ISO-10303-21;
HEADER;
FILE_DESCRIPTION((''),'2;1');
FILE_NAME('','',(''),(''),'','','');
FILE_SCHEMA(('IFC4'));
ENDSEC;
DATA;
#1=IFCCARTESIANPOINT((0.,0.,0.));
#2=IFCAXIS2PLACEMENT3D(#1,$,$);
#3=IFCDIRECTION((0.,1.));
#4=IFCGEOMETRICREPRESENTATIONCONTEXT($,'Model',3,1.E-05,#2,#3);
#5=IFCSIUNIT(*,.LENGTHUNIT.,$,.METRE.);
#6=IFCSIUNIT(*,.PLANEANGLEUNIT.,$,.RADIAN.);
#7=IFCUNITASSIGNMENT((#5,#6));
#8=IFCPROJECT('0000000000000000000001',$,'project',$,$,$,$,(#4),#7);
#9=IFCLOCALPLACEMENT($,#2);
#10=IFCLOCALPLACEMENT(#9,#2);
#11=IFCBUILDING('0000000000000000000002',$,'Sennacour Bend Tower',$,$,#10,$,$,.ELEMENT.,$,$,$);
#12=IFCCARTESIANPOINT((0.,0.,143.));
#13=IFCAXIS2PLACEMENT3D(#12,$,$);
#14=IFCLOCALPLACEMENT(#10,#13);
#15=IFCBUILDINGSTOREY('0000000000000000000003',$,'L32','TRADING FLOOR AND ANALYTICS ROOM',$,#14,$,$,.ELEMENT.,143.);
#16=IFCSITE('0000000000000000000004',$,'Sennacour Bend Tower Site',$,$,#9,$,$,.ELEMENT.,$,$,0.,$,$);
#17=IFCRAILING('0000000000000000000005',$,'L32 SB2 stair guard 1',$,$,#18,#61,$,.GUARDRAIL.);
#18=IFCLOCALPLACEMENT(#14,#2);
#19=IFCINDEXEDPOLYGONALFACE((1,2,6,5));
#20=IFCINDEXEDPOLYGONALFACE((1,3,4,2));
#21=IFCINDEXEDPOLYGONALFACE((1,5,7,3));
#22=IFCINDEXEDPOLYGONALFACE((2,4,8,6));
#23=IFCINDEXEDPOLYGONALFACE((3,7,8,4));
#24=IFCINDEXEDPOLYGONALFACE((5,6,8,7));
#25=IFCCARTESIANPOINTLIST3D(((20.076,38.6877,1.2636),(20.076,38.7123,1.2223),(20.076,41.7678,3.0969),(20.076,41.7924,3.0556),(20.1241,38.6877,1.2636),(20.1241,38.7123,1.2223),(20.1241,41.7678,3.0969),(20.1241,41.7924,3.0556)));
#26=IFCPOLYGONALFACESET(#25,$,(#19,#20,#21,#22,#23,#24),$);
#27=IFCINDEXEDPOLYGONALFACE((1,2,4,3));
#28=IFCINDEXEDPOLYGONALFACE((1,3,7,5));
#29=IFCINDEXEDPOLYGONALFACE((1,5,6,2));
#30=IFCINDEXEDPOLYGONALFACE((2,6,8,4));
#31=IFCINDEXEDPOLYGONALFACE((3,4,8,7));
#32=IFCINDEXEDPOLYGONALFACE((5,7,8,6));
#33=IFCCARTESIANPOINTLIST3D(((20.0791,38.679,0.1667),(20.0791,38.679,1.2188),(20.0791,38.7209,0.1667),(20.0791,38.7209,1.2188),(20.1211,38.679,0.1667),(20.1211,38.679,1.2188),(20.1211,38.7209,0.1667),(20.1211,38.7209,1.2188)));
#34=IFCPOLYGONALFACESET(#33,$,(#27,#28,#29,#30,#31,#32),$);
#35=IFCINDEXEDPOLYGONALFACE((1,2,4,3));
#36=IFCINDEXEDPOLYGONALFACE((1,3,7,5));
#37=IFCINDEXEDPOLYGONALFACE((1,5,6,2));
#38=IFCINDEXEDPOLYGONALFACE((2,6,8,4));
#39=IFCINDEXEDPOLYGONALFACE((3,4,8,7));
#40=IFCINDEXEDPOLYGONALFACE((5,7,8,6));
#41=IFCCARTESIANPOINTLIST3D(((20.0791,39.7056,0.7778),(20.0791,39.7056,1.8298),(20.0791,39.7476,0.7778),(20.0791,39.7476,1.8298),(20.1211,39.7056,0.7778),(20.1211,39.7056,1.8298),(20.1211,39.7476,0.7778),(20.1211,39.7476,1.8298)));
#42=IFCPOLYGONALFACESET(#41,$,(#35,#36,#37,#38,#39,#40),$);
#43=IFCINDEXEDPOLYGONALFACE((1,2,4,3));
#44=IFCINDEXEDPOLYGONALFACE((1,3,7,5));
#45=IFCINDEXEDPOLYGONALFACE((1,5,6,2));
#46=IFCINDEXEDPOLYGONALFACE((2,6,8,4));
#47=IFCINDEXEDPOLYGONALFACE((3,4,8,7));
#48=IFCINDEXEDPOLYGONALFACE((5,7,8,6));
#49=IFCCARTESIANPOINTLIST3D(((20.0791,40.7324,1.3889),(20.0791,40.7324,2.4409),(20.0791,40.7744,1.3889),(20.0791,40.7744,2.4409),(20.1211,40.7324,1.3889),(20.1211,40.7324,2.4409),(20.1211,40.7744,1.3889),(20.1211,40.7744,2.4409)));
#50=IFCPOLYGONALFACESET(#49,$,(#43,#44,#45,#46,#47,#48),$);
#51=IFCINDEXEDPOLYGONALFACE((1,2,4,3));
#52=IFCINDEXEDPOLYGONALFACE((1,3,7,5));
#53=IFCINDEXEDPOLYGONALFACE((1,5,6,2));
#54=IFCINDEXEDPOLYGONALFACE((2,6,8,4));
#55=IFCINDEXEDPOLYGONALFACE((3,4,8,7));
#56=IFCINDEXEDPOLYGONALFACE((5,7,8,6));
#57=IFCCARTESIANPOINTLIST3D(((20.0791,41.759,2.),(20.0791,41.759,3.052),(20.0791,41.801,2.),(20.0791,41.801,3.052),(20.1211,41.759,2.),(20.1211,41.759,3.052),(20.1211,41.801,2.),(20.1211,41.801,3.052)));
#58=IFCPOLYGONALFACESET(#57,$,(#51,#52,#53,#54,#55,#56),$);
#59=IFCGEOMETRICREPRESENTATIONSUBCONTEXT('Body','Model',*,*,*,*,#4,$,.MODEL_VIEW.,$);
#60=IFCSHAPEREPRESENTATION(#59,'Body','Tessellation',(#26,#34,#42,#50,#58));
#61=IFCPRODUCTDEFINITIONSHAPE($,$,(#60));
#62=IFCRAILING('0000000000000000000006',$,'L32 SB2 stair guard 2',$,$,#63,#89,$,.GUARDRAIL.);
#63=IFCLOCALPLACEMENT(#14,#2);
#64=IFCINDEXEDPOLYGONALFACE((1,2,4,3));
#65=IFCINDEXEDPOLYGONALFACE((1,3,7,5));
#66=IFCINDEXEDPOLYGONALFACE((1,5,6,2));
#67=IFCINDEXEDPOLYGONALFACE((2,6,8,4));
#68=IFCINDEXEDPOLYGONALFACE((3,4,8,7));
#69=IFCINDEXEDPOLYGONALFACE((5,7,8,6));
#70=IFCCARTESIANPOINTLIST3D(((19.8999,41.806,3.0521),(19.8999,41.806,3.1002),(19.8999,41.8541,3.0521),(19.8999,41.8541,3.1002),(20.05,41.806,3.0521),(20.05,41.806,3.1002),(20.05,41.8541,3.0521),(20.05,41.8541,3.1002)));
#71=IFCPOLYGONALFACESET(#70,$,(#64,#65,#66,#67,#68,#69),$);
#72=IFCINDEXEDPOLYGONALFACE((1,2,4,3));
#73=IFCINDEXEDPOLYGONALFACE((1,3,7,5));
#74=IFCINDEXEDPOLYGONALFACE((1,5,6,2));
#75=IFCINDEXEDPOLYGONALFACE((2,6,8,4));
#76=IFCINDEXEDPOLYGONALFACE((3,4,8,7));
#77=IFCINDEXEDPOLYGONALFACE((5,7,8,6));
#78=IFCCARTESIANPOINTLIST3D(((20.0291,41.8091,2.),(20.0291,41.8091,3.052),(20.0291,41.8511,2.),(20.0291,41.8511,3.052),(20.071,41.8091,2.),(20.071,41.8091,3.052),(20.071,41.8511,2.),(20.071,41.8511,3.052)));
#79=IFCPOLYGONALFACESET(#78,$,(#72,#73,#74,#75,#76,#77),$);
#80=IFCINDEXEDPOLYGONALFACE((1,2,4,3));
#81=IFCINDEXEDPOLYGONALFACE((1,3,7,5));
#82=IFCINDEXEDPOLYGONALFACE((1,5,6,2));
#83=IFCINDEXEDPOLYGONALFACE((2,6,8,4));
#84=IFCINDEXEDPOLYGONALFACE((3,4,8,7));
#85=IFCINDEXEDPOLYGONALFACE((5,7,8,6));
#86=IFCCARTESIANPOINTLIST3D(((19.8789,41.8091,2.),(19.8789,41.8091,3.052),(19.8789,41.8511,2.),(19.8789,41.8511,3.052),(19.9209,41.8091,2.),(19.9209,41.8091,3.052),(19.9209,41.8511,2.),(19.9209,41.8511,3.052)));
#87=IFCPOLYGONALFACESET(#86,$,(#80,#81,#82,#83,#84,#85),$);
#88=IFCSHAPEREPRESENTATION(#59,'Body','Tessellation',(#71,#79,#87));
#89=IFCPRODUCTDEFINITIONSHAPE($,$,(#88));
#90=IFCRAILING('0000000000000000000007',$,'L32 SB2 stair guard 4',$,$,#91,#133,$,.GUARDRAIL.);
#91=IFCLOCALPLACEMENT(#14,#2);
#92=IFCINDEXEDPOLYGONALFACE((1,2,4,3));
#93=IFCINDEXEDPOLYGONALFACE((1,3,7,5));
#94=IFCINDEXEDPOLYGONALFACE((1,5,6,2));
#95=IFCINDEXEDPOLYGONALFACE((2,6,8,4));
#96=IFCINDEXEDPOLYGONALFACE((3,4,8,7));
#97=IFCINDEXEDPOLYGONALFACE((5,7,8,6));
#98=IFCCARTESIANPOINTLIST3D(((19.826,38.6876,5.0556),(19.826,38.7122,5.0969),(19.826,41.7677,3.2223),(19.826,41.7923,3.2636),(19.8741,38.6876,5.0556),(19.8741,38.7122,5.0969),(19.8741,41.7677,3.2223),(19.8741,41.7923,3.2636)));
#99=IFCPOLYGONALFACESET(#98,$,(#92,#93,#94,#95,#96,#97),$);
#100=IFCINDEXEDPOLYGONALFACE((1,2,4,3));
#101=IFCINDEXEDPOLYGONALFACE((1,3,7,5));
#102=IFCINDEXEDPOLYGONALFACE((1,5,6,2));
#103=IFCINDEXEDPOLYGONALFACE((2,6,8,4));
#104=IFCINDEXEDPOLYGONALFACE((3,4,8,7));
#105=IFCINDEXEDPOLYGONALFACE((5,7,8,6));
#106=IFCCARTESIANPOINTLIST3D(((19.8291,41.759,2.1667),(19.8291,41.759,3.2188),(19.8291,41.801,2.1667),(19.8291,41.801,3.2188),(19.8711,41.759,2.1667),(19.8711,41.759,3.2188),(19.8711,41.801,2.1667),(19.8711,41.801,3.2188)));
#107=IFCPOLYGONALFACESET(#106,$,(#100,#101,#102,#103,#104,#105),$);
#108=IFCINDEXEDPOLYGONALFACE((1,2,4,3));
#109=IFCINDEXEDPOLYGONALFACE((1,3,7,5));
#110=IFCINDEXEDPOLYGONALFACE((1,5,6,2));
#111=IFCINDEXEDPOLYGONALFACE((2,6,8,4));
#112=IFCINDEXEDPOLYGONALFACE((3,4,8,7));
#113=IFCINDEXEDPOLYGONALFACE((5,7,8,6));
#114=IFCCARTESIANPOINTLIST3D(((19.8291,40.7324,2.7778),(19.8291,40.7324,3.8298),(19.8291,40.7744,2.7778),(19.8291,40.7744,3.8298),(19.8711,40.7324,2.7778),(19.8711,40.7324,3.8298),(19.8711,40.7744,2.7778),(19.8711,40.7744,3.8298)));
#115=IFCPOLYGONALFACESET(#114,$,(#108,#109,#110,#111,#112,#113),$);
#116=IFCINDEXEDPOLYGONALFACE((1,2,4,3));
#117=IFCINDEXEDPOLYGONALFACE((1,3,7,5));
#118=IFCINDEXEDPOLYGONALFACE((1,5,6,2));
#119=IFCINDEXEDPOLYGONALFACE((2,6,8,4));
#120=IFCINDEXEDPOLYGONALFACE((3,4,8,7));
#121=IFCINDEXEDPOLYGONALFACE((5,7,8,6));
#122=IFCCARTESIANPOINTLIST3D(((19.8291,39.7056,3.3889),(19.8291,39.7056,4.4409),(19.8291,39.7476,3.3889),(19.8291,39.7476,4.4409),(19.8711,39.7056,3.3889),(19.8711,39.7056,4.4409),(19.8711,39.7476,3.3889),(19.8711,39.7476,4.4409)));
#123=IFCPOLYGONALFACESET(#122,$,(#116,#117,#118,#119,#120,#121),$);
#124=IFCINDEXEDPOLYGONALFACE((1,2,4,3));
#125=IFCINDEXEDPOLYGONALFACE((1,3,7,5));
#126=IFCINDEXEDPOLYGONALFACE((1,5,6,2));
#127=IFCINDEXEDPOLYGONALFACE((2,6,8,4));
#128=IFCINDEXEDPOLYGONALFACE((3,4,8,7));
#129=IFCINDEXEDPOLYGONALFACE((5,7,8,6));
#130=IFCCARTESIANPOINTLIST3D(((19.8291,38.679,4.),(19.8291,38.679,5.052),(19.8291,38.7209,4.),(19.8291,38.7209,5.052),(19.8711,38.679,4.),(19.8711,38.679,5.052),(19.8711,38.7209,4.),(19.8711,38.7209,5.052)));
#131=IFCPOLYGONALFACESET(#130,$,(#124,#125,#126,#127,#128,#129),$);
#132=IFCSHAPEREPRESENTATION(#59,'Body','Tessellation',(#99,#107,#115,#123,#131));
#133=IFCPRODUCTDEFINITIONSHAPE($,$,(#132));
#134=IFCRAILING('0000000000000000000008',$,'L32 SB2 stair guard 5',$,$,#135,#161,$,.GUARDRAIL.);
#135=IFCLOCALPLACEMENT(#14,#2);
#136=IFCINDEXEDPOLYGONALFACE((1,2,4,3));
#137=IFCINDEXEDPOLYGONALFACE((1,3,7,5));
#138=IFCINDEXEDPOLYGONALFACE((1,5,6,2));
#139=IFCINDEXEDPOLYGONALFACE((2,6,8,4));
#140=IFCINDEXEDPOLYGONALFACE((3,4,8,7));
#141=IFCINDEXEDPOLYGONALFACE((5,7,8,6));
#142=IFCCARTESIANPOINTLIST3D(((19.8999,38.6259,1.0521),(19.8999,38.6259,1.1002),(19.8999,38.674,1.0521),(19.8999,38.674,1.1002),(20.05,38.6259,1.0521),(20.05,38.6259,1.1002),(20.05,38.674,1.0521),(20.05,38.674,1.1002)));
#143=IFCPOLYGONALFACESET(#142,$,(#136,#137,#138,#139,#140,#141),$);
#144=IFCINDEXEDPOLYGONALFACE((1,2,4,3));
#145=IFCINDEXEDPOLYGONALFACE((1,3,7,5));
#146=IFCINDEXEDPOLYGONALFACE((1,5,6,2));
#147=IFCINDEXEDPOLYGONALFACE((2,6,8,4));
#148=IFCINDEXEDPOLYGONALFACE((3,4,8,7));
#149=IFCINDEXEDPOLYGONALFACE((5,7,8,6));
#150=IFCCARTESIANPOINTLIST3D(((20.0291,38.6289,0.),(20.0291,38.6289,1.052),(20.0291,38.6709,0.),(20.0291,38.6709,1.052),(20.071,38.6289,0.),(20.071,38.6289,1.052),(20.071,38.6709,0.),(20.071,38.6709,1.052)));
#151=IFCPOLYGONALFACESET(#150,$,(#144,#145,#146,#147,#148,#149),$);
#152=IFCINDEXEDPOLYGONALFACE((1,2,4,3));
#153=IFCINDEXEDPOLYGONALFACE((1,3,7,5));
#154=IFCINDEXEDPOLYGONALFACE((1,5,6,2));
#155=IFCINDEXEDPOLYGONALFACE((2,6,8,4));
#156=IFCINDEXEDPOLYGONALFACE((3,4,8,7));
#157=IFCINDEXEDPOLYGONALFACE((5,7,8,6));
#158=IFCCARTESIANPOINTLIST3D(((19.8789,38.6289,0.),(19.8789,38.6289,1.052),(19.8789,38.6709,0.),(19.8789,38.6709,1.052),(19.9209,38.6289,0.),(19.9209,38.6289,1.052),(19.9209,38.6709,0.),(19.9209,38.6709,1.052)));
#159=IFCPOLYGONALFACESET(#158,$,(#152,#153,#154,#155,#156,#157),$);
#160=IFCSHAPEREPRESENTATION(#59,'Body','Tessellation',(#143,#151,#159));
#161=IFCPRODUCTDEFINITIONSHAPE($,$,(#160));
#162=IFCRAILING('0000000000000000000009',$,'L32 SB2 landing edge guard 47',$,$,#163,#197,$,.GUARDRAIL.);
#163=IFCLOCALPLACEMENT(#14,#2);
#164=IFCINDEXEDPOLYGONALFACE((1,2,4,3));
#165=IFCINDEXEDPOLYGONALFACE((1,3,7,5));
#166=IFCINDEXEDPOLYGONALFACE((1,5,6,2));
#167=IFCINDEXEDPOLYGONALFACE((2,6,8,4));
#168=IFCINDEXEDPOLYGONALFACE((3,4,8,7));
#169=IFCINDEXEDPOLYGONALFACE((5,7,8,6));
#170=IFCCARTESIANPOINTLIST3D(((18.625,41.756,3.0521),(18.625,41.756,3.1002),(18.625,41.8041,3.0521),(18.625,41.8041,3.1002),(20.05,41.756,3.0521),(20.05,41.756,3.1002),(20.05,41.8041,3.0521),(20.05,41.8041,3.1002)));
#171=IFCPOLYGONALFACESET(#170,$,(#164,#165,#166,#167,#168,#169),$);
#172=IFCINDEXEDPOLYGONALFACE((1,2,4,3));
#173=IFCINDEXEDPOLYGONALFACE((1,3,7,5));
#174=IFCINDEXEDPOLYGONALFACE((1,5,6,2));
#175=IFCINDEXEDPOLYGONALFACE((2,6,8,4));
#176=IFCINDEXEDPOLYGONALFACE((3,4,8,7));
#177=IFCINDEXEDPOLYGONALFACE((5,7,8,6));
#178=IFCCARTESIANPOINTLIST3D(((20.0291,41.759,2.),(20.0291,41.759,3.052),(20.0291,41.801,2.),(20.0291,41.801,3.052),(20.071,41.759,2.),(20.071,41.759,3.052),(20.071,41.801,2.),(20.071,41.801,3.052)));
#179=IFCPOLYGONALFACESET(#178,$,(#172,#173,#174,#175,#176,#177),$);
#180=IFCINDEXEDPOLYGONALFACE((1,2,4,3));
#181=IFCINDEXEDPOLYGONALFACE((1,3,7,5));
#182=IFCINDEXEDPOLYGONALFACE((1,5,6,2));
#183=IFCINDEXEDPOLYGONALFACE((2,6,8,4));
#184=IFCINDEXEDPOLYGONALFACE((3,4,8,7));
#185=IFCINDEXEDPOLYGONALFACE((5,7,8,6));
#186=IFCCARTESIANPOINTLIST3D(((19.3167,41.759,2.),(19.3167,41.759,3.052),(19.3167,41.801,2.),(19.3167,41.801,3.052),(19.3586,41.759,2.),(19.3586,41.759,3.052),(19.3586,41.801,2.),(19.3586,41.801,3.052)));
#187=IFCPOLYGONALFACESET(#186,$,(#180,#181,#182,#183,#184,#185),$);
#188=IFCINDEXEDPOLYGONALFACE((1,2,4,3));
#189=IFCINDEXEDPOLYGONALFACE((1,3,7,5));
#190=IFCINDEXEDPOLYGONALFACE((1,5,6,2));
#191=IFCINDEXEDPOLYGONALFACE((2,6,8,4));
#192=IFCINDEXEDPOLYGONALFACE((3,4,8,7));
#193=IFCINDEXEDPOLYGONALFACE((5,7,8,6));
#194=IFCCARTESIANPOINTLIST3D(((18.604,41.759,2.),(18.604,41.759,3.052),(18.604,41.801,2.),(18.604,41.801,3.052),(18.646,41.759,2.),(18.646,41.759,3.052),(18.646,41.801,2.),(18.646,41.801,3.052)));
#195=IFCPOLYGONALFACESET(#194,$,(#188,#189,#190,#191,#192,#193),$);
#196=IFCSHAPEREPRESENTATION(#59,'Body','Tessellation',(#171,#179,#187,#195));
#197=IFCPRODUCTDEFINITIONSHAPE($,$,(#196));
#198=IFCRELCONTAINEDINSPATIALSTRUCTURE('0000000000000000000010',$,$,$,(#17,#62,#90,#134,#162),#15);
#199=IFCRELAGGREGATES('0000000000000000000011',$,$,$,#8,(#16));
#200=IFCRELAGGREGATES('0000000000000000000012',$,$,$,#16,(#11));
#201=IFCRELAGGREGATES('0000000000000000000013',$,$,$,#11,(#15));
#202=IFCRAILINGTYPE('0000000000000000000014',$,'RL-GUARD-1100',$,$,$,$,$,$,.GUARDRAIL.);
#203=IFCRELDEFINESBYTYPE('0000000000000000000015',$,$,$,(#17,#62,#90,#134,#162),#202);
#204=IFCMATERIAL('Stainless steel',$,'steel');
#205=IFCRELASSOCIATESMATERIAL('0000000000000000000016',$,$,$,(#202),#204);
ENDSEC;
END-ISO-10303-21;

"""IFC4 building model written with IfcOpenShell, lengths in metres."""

from ifc_helpers import new_model, si_unit, direction, frame, origin, origin_2d, place, context, subcontext, project, spatial, rectangle, extrude, material, type_object, element, save


model = new_model("IFC4")

# Units and contexts
model_context = context("Model", 3, precision=1e-05, world=origin(), true_north=direction((0.0, 1.0)))
body_context = subcontext(model_context, "Body", "Model", "MODEL_VIEW")
ifc_project = project(units=[si_unit("LENGTHUNIT", "METRE"), si_unit("PLANEANGLEUNIT", "RADIAN")], contexts=[model_context])

# Site, building, storey
site_placement = place(None, origin())
site = spatial("IfcSite", under=ifc_project, at=site_placement, Name="Sennacour Bend Tower Site", CompositionType="ELEMENT", RefElevation=0.0)
building_placement = place(site_placement, origin())
building = spatial("IfcBuilding", under=site, at=building_placement, Name="Sennacour Bend Tower", CompositionType="ELEMENT")
storey_placement = place(building_placement, frame((0.0, 0.0, 143.0)))
storey = spatial("IfcBuildingStorey", under=building, at=storey_placement, Name="L32", Description="TRADING FLOOR AND ANALYTICS ROOM", CompositionType="ELEMENT", Elevation=143.0)

# Railings
ifc_material_1 = material(Name="Stainless steel", Category="steel")
railing_type_1 = type_object("IfcRailingType", Name="RL-GUARD-1100", PredefinedType="GUARDRAIL", material=ifc_material_1)
railing_1_placement = place(storey_placement, frame((20.1001, 38.7, 0.1667)))
element("IfcRailing", 1, at=railing_1_placement, inside=storey, type_object=railing_type_1, Name="L32 SB2 stair guard 1", PredefinedType="GUARDRAIL", context=body_context, shape_type="SweptSolid", body=[
    extrude(rectangle(XDim=0.0481, YDim=0.0481, at=origin_2d()), frame((0.0, 0.0, 1.0762), z_axis=(0.0, 0.859309, 0.511458), x_axis=(-1.0, 0.0, 0.0)), (0.0, 0.0, 1.0), 3.5845),
    extrude(rectangle(XDim=0.042, YDim=0.042, at=origin_2d()), origin(), (0.0, 0.0, 1.0), 1.052),
    extrude(rectangle(XDim=0.042, YDim=0.042, at=origin_2d()), frame((0.0, 1.0266, 0.6111)), (0.0, 0.0, 1.0), 1.052),
    extrude(rectangle(XDim=0.042, YDim=0.042, at=origin_2d()), frame((0.0, 2.0535, 1.2222)), (0.0, 0.0, 1.0), 1.052),
    extrude(rectangle(XDim=0.042, YDim=0.042, at=origin_2d()), frame((0.0, 3.0801, 1.8333)), (0.0, 0.0, 1.0), 1.052),
])
railing_2_placement = place(storey_placement, frame((20.05, 41.8301, 2.0)))
element("IfcRailing", 2, at=railing_2_placement, inside=storey, type_object=railing_type_1, Name="L32 SB2 stair guard 2", PredefinedType="GUARDRAIL", context=body_context, shape_type="SweptSolid", body=[
    extrude(rectangle(XDim=0.0481, YDim=0.0481, at=origin_2d()), frame((0.0, 0.0, 1.0762), z_axis=(-1.0, 0.0, 0.0), x_axis=(0.0, -1.0, 0.0)), (0.0, 0.0, 1.0), 0.1501),
    extrude(rectangle(XDim=0.042, YDim=0.042, at=origin_2d()), origin(), (0.0, 0.0, 1.0), 1.052),
    extrude(rectangle(XDim=0.042, YDim=0.042, at=origin_2d()), frame((-0.1501, 0.0, 0.0)), (0.0, 0.0, 1.0), 1.052),
])
railing_3_placement = place(storey_placement, frame((19.8501, 41.78, 2.1667)))
element("IfcRailing", 3, at=railing_3_placement, inside=storey, type_object=railing_type_1, Name="L32 SB2 stair guard 4", PredefinedType="GUARDRAIL", context=body_context, shape_type="SweptSolid", body=[
    extrude(rectangle(XDim=0.0481, YDim=0.0481, at=origin_2d()), frame((0.0, 0.0, 1.0762), z_axis=(0.0, -0.859309, 0.511458), x_axis=(1.0, 0.0, 0.0)), (0.0, 0.0, 1.0), 3.5845),
    extrude(rectangle(XDim=0.042, YDim=0.042, at=origin_2d()), origin(), (0.0, 0.0, 1.0), 1.052),
    extrude(rectangle(XDim=0.042, YDim=0.042, at=origin_2d()), frame((0.0, -1.0266, 0.6111)), (0.0, 0.0, 1.0), 1.052),
    extrude(rectangle(XDim=0.042, YDim=0.042, at=origin_2d()), frame((0.0, -2.0535, 1.2222)), (0.0, 0.0, 1.0), 1.052),
    extrude(rectangle(XDim=0.042, YDim=0.042, at=origin_2d()), frame((0.0, -3.0801, 1.8333)), (0.0, 0.0, 1.0), 1.052),
])
railing_4_placement = place(storey_placement, frame((20.05, 38.6499, 0.0)))
element("IfcRailing", 4, at=railing_4_placement, inside=storey, type_object=railing_type_1, Name="L32 SB2 stair guard 5", PredefinedType="GUARDRAIL", context=body_context, shape_type="SweptSolid", body=[
    extrude(rectangle(XDim=0.0481, YDim=0.0481, at=origin_2d()), frame((0.0, 0.0, 1.0762), z_axis=(-1.0, 0.0, 0.0), x_axis=(0.0, -1.0, 0.0)), (0.0, 0.0, 1.0), 0.1501),
    extrude(rectangle(XDim=0.042, YDim=0.042, at=origin_2d()), origin(), (0.0, 0.0, 1.0), 1.052),
    extrude(rectangle(XDim=0.042, YDim=0.042, at=origin_2d()), frame((-0.1501, 0.0, 0.0)), (0.0, 0.0, 1.0), 1.052),
])
railing_5_placement = place(storey_placement, frame((20.05, 41.78, 2.0)))
element("IfcRailing", 5, at=railing_5_placement, inside=storey, type_object=railing_type_1, Name="L32 SB2 landing edge guard 47", PredefinedType="GUARDRAIL", context=body_context, shape_type="SweptSolid", body=[
    extrude(rectangle(XDim=0.0481, YDim=0.0481, at=origin_2d()), frame((0.0, 0.0, 1.0762), z_axis=(-1.0, 0.0, 0.0), x_axis=(0.0, -1.0, 0.0)), (0.0, 0.0, 1.0), 1.425),
    extrude(rectangle(XDim=0.042, YDim=0.042, at=origin_2d()), origin(), (0.0, 0.0, 1.0), 1.052),
    extrude(rectangle(XDim=0.042, YDim=0.042, at=origin_2d()), frame((-0.7124, 0.0, 0.0)), (0.0, 0.0, 1.0), 1.052),
    extrude(rectangle(XDim=0.042, YDim=0.042, at=origin_2d()), frame((-1.425, 0.0, 0.0)), (0.0, 0.0, 1.0), 1.052),
])

save(model, "model.ifc")
